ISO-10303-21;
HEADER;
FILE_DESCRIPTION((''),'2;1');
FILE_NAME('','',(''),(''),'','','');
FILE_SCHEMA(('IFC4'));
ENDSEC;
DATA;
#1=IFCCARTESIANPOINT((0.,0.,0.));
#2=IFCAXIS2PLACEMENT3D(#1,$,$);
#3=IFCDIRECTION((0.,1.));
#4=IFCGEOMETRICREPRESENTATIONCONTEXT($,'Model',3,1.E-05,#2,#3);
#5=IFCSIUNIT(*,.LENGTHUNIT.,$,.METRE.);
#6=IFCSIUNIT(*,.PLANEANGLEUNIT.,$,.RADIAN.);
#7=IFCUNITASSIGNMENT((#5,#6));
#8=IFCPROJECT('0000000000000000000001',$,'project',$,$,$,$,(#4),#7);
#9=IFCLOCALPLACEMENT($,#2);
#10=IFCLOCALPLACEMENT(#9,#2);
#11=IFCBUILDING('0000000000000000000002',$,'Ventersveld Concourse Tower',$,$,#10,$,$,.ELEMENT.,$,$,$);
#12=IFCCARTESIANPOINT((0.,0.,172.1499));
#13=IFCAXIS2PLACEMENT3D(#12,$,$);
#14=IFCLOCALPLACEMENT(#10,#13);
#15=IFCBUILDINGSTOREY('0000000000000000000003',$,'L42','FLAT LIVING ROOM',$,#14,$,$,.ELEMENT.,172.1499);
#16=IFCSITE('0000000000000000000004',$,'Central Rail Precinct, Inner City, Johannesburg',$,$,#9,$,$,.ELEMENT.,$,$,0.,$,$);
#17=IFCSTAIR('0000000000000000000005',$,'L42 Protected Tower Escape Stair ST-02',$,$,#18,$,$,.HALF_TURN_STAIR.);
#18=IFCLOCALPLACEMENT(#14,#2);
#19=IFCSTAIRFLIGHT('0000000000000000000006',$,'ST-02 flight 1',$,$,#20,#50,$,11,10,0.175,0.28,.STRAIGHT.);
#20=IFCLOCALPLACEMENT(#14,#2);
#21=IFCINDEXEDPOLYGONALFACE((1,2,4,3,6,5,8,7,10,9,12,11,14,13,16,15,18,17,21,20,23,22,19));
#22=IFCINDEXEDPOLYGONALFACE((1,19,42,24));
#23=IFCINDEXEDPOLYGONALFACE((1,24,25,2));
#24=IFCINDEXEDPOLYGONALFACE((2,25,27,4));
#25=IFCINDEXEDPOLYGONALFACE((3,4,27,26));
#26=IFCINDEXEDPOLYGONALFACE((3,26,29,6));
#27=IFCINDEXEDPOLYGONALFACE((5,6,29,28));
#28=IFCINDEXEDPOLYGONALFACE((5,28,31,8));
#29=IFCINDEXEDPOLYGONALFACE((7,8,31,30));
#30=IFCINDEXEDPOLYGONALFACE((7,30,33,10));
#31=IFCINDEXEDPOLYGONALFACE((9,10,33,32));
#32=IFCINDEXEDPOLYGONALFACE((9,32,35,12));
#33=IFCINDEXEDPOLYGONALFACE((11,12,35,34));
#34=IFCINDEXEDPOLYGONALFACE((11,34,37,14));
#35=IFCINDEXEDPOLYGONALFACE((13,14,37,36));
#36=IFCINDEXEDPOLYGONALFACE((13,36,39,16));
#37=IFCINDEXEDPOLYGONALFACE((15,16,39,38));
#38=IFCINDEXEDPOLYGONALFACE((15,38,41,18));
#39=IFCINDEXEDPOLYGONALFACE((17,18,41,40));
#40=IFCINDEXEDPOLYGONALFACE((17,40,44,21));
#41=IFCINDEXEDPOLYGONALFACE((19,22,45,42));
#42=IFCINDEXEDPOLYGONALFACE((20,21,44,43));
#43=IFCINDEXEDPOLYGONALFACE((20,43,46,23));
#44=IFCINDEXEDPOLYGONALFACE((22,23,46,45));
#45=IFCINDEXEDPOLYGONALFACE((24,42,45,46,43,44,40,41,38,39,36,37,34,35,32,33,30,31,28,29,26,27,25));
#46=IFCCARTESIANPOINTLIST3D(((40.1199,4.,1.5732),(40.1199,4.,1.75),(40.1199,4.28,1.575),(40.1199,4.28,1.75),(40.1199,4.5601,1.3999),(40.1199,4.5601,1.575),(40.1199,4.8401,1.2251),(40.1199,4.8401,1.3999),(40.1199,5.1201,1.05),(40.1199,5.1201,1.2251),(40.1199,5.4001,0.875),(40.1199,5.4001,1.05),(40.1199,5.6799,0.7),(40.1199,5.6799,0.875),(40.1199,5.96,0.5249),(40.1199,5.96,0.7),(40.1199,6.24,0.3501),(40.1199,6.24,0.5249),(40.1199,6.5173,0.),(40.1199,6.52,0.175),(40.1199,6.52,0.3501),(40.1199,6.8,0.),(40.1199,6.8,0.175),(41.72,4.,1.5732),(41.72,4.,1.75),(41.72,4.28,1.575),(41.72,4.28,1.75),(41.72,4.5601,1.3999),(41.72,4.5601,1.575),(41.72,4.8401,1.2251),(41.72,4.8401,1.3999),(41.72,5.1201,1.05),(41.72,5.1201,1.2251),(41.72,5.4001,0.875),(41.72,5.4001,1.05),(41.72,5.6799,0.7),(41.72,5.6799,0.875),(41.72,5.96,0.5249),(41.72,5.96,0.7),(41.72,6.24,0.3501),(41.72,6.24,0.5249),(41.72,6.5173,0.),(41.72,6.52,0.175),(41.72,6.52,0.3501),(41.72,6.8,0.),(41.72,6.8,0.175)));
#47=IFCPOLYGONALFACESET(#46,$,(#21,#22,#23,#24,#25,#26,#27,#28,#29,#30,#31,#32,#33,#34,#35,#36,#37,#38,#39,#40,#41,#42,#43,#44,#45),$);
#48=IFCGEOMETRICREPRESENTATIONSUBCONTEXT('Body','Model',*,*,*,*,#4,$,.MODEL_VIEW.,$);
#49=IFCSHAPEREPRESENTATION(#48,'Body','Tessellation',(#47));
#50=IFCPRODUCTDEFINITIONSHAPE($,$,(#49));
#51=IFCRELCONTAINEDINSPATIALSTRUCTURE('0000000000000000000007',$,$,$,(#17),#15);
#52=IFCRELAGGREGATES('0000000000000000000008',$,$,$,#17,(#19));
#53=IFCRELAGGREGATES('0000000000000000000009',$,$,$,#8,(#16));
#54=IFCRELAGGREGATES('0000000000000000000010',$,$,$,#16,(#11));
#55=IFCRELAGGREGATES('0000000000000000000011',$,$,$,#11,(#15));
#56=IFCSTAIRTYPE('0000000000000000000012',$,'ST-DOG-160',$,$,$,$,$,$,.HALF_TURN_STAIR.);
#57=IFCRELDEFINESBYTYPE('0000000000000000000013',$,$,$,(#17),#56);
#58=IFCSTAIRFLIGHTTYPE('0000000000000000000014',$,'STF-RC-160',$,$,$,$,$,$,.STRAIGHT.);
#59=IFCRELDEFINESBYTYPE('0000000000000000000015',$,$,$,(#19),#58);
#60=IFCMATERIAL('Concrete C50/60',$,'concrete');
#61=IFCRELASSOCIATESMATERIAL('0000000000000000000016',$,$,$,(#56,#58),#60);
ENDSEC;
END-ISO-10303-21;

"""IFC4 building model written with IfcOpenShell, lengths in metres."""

from ifc_helpers import new_model, si_unit, direction, frame, origin, place, context, subcontext, project, spatial, polyline, outline, extrude, material, type_object, element, aggregate, save


model = new_model("IFC4")

# Units and contexts
model_context = context("Model", 3, precision=1e-05, world=origin(), true_north=direction((0.0, 1.0)))
body_context = subcontext(model_context, "Body", "Model", "MODEL_VIEW")
ifc_project = project(units=[si_unit("LENGTHUNIT", "METRE"), si_unit("PLANEANGLEUNIT", "RADIAN")], contexts=[model_context])

# Site, building, storey
site_placement = place(None, origin())
site = spatial("IfcSite", under=ifc_project, at=site_placement, Name="Central Rail Precinct, Inner City, Johannesburg", CompositionType="ELEMENT", RefElevation=0.0)
building_placement = place(site_placement, origin())
building = spatial("IfcBuilding", under=site, at=building_placement, Name="Ventersveld Concourse Tower", CompositionType="ELEMENT")
storey_placement = place(building_placement, frame((0.0, 0.0, 172.1499)))
storey = spatial("IfcBuildingStorey", under=building, at=storey_placement, Name="L42", Description="FLAT LIVING ROOM", CompositionType="ELEMENT", Elevation=172.1499)

# Shared definitions
ifc_material_1 = material(Name="Concrete C50/60", Category="concrete")

# Stair, stair flight
stair_type = type_object("IfcStairType", Name="ST-DOG-160", PredefinedType="HALF_TURN_STAIR", material=ifc_material_1)
stair_placement = place(storey_placement, origin())
stair = element("IfcStair", 1, at=stair_placement, inside=storey, type_object=stair_type, Name="L42 Protected Tower Escape Stair ST-02", PredefinedType="HALF_TURN_STAIR")
stair_flight_type = type_object("IfcStairFlightType", Name="STF-RC-160", PredefinedType="STRAIGHT", material=ifc_material_1)
stair_flight_placement = place(storey_placement, frame((40.9199, 6.8, 0.0), z_axis=(0.0, 0.0, 1.0), x_axis=(0.0, -1.0, 0.0)))
stair_flight = element("IfcStairFlight", 2, at=stair_flight_placement, type_object=stair_flight_type, Name="ST-02 flight 1", NumberOfRisers=11, NumberOfTreads=10, PredefinedType="STRAIGHT", RiserHeight=0.175, TreadLength=0.28, context=body_context, shape_type="SweptSolid", body=[
    extrude(outline(polyline([(0.0, 0.0), (0.0, 0.175), (0.28, 0.175), (0.28, 0.3501), (0.5601, 0.3501), (0.5601, 0.5249), (0.8401, 0.5249), (0.8401, 0.7), (1.1201, 0.7), (1.1201, 0.875), (1.3999, 0.875), (1.3999, 1.05), (1.6799, 1.05), (1.6799, 1.2251), (1.96, 1.2251), (1.96, 1.3999), (2.24, 1.3999), (2.24, 1.575), (2.52, 1.575), (2.52, 1.75), (2.8, 1.75), (2.8, 1.925), (2.8, 1.5732), (0.2827, 0.0), (0.0, 0.0)])), frame((0.0, 0.8, 0.0), z_axis=(0.0, -1.0, 0.0), x_axis=(1.0, 0.0, 0.0)), (0.0, 0.0, 1.0), 1.6001),
])
aggregate(stair, [stair_flight])

save(model, "model.ifc")
